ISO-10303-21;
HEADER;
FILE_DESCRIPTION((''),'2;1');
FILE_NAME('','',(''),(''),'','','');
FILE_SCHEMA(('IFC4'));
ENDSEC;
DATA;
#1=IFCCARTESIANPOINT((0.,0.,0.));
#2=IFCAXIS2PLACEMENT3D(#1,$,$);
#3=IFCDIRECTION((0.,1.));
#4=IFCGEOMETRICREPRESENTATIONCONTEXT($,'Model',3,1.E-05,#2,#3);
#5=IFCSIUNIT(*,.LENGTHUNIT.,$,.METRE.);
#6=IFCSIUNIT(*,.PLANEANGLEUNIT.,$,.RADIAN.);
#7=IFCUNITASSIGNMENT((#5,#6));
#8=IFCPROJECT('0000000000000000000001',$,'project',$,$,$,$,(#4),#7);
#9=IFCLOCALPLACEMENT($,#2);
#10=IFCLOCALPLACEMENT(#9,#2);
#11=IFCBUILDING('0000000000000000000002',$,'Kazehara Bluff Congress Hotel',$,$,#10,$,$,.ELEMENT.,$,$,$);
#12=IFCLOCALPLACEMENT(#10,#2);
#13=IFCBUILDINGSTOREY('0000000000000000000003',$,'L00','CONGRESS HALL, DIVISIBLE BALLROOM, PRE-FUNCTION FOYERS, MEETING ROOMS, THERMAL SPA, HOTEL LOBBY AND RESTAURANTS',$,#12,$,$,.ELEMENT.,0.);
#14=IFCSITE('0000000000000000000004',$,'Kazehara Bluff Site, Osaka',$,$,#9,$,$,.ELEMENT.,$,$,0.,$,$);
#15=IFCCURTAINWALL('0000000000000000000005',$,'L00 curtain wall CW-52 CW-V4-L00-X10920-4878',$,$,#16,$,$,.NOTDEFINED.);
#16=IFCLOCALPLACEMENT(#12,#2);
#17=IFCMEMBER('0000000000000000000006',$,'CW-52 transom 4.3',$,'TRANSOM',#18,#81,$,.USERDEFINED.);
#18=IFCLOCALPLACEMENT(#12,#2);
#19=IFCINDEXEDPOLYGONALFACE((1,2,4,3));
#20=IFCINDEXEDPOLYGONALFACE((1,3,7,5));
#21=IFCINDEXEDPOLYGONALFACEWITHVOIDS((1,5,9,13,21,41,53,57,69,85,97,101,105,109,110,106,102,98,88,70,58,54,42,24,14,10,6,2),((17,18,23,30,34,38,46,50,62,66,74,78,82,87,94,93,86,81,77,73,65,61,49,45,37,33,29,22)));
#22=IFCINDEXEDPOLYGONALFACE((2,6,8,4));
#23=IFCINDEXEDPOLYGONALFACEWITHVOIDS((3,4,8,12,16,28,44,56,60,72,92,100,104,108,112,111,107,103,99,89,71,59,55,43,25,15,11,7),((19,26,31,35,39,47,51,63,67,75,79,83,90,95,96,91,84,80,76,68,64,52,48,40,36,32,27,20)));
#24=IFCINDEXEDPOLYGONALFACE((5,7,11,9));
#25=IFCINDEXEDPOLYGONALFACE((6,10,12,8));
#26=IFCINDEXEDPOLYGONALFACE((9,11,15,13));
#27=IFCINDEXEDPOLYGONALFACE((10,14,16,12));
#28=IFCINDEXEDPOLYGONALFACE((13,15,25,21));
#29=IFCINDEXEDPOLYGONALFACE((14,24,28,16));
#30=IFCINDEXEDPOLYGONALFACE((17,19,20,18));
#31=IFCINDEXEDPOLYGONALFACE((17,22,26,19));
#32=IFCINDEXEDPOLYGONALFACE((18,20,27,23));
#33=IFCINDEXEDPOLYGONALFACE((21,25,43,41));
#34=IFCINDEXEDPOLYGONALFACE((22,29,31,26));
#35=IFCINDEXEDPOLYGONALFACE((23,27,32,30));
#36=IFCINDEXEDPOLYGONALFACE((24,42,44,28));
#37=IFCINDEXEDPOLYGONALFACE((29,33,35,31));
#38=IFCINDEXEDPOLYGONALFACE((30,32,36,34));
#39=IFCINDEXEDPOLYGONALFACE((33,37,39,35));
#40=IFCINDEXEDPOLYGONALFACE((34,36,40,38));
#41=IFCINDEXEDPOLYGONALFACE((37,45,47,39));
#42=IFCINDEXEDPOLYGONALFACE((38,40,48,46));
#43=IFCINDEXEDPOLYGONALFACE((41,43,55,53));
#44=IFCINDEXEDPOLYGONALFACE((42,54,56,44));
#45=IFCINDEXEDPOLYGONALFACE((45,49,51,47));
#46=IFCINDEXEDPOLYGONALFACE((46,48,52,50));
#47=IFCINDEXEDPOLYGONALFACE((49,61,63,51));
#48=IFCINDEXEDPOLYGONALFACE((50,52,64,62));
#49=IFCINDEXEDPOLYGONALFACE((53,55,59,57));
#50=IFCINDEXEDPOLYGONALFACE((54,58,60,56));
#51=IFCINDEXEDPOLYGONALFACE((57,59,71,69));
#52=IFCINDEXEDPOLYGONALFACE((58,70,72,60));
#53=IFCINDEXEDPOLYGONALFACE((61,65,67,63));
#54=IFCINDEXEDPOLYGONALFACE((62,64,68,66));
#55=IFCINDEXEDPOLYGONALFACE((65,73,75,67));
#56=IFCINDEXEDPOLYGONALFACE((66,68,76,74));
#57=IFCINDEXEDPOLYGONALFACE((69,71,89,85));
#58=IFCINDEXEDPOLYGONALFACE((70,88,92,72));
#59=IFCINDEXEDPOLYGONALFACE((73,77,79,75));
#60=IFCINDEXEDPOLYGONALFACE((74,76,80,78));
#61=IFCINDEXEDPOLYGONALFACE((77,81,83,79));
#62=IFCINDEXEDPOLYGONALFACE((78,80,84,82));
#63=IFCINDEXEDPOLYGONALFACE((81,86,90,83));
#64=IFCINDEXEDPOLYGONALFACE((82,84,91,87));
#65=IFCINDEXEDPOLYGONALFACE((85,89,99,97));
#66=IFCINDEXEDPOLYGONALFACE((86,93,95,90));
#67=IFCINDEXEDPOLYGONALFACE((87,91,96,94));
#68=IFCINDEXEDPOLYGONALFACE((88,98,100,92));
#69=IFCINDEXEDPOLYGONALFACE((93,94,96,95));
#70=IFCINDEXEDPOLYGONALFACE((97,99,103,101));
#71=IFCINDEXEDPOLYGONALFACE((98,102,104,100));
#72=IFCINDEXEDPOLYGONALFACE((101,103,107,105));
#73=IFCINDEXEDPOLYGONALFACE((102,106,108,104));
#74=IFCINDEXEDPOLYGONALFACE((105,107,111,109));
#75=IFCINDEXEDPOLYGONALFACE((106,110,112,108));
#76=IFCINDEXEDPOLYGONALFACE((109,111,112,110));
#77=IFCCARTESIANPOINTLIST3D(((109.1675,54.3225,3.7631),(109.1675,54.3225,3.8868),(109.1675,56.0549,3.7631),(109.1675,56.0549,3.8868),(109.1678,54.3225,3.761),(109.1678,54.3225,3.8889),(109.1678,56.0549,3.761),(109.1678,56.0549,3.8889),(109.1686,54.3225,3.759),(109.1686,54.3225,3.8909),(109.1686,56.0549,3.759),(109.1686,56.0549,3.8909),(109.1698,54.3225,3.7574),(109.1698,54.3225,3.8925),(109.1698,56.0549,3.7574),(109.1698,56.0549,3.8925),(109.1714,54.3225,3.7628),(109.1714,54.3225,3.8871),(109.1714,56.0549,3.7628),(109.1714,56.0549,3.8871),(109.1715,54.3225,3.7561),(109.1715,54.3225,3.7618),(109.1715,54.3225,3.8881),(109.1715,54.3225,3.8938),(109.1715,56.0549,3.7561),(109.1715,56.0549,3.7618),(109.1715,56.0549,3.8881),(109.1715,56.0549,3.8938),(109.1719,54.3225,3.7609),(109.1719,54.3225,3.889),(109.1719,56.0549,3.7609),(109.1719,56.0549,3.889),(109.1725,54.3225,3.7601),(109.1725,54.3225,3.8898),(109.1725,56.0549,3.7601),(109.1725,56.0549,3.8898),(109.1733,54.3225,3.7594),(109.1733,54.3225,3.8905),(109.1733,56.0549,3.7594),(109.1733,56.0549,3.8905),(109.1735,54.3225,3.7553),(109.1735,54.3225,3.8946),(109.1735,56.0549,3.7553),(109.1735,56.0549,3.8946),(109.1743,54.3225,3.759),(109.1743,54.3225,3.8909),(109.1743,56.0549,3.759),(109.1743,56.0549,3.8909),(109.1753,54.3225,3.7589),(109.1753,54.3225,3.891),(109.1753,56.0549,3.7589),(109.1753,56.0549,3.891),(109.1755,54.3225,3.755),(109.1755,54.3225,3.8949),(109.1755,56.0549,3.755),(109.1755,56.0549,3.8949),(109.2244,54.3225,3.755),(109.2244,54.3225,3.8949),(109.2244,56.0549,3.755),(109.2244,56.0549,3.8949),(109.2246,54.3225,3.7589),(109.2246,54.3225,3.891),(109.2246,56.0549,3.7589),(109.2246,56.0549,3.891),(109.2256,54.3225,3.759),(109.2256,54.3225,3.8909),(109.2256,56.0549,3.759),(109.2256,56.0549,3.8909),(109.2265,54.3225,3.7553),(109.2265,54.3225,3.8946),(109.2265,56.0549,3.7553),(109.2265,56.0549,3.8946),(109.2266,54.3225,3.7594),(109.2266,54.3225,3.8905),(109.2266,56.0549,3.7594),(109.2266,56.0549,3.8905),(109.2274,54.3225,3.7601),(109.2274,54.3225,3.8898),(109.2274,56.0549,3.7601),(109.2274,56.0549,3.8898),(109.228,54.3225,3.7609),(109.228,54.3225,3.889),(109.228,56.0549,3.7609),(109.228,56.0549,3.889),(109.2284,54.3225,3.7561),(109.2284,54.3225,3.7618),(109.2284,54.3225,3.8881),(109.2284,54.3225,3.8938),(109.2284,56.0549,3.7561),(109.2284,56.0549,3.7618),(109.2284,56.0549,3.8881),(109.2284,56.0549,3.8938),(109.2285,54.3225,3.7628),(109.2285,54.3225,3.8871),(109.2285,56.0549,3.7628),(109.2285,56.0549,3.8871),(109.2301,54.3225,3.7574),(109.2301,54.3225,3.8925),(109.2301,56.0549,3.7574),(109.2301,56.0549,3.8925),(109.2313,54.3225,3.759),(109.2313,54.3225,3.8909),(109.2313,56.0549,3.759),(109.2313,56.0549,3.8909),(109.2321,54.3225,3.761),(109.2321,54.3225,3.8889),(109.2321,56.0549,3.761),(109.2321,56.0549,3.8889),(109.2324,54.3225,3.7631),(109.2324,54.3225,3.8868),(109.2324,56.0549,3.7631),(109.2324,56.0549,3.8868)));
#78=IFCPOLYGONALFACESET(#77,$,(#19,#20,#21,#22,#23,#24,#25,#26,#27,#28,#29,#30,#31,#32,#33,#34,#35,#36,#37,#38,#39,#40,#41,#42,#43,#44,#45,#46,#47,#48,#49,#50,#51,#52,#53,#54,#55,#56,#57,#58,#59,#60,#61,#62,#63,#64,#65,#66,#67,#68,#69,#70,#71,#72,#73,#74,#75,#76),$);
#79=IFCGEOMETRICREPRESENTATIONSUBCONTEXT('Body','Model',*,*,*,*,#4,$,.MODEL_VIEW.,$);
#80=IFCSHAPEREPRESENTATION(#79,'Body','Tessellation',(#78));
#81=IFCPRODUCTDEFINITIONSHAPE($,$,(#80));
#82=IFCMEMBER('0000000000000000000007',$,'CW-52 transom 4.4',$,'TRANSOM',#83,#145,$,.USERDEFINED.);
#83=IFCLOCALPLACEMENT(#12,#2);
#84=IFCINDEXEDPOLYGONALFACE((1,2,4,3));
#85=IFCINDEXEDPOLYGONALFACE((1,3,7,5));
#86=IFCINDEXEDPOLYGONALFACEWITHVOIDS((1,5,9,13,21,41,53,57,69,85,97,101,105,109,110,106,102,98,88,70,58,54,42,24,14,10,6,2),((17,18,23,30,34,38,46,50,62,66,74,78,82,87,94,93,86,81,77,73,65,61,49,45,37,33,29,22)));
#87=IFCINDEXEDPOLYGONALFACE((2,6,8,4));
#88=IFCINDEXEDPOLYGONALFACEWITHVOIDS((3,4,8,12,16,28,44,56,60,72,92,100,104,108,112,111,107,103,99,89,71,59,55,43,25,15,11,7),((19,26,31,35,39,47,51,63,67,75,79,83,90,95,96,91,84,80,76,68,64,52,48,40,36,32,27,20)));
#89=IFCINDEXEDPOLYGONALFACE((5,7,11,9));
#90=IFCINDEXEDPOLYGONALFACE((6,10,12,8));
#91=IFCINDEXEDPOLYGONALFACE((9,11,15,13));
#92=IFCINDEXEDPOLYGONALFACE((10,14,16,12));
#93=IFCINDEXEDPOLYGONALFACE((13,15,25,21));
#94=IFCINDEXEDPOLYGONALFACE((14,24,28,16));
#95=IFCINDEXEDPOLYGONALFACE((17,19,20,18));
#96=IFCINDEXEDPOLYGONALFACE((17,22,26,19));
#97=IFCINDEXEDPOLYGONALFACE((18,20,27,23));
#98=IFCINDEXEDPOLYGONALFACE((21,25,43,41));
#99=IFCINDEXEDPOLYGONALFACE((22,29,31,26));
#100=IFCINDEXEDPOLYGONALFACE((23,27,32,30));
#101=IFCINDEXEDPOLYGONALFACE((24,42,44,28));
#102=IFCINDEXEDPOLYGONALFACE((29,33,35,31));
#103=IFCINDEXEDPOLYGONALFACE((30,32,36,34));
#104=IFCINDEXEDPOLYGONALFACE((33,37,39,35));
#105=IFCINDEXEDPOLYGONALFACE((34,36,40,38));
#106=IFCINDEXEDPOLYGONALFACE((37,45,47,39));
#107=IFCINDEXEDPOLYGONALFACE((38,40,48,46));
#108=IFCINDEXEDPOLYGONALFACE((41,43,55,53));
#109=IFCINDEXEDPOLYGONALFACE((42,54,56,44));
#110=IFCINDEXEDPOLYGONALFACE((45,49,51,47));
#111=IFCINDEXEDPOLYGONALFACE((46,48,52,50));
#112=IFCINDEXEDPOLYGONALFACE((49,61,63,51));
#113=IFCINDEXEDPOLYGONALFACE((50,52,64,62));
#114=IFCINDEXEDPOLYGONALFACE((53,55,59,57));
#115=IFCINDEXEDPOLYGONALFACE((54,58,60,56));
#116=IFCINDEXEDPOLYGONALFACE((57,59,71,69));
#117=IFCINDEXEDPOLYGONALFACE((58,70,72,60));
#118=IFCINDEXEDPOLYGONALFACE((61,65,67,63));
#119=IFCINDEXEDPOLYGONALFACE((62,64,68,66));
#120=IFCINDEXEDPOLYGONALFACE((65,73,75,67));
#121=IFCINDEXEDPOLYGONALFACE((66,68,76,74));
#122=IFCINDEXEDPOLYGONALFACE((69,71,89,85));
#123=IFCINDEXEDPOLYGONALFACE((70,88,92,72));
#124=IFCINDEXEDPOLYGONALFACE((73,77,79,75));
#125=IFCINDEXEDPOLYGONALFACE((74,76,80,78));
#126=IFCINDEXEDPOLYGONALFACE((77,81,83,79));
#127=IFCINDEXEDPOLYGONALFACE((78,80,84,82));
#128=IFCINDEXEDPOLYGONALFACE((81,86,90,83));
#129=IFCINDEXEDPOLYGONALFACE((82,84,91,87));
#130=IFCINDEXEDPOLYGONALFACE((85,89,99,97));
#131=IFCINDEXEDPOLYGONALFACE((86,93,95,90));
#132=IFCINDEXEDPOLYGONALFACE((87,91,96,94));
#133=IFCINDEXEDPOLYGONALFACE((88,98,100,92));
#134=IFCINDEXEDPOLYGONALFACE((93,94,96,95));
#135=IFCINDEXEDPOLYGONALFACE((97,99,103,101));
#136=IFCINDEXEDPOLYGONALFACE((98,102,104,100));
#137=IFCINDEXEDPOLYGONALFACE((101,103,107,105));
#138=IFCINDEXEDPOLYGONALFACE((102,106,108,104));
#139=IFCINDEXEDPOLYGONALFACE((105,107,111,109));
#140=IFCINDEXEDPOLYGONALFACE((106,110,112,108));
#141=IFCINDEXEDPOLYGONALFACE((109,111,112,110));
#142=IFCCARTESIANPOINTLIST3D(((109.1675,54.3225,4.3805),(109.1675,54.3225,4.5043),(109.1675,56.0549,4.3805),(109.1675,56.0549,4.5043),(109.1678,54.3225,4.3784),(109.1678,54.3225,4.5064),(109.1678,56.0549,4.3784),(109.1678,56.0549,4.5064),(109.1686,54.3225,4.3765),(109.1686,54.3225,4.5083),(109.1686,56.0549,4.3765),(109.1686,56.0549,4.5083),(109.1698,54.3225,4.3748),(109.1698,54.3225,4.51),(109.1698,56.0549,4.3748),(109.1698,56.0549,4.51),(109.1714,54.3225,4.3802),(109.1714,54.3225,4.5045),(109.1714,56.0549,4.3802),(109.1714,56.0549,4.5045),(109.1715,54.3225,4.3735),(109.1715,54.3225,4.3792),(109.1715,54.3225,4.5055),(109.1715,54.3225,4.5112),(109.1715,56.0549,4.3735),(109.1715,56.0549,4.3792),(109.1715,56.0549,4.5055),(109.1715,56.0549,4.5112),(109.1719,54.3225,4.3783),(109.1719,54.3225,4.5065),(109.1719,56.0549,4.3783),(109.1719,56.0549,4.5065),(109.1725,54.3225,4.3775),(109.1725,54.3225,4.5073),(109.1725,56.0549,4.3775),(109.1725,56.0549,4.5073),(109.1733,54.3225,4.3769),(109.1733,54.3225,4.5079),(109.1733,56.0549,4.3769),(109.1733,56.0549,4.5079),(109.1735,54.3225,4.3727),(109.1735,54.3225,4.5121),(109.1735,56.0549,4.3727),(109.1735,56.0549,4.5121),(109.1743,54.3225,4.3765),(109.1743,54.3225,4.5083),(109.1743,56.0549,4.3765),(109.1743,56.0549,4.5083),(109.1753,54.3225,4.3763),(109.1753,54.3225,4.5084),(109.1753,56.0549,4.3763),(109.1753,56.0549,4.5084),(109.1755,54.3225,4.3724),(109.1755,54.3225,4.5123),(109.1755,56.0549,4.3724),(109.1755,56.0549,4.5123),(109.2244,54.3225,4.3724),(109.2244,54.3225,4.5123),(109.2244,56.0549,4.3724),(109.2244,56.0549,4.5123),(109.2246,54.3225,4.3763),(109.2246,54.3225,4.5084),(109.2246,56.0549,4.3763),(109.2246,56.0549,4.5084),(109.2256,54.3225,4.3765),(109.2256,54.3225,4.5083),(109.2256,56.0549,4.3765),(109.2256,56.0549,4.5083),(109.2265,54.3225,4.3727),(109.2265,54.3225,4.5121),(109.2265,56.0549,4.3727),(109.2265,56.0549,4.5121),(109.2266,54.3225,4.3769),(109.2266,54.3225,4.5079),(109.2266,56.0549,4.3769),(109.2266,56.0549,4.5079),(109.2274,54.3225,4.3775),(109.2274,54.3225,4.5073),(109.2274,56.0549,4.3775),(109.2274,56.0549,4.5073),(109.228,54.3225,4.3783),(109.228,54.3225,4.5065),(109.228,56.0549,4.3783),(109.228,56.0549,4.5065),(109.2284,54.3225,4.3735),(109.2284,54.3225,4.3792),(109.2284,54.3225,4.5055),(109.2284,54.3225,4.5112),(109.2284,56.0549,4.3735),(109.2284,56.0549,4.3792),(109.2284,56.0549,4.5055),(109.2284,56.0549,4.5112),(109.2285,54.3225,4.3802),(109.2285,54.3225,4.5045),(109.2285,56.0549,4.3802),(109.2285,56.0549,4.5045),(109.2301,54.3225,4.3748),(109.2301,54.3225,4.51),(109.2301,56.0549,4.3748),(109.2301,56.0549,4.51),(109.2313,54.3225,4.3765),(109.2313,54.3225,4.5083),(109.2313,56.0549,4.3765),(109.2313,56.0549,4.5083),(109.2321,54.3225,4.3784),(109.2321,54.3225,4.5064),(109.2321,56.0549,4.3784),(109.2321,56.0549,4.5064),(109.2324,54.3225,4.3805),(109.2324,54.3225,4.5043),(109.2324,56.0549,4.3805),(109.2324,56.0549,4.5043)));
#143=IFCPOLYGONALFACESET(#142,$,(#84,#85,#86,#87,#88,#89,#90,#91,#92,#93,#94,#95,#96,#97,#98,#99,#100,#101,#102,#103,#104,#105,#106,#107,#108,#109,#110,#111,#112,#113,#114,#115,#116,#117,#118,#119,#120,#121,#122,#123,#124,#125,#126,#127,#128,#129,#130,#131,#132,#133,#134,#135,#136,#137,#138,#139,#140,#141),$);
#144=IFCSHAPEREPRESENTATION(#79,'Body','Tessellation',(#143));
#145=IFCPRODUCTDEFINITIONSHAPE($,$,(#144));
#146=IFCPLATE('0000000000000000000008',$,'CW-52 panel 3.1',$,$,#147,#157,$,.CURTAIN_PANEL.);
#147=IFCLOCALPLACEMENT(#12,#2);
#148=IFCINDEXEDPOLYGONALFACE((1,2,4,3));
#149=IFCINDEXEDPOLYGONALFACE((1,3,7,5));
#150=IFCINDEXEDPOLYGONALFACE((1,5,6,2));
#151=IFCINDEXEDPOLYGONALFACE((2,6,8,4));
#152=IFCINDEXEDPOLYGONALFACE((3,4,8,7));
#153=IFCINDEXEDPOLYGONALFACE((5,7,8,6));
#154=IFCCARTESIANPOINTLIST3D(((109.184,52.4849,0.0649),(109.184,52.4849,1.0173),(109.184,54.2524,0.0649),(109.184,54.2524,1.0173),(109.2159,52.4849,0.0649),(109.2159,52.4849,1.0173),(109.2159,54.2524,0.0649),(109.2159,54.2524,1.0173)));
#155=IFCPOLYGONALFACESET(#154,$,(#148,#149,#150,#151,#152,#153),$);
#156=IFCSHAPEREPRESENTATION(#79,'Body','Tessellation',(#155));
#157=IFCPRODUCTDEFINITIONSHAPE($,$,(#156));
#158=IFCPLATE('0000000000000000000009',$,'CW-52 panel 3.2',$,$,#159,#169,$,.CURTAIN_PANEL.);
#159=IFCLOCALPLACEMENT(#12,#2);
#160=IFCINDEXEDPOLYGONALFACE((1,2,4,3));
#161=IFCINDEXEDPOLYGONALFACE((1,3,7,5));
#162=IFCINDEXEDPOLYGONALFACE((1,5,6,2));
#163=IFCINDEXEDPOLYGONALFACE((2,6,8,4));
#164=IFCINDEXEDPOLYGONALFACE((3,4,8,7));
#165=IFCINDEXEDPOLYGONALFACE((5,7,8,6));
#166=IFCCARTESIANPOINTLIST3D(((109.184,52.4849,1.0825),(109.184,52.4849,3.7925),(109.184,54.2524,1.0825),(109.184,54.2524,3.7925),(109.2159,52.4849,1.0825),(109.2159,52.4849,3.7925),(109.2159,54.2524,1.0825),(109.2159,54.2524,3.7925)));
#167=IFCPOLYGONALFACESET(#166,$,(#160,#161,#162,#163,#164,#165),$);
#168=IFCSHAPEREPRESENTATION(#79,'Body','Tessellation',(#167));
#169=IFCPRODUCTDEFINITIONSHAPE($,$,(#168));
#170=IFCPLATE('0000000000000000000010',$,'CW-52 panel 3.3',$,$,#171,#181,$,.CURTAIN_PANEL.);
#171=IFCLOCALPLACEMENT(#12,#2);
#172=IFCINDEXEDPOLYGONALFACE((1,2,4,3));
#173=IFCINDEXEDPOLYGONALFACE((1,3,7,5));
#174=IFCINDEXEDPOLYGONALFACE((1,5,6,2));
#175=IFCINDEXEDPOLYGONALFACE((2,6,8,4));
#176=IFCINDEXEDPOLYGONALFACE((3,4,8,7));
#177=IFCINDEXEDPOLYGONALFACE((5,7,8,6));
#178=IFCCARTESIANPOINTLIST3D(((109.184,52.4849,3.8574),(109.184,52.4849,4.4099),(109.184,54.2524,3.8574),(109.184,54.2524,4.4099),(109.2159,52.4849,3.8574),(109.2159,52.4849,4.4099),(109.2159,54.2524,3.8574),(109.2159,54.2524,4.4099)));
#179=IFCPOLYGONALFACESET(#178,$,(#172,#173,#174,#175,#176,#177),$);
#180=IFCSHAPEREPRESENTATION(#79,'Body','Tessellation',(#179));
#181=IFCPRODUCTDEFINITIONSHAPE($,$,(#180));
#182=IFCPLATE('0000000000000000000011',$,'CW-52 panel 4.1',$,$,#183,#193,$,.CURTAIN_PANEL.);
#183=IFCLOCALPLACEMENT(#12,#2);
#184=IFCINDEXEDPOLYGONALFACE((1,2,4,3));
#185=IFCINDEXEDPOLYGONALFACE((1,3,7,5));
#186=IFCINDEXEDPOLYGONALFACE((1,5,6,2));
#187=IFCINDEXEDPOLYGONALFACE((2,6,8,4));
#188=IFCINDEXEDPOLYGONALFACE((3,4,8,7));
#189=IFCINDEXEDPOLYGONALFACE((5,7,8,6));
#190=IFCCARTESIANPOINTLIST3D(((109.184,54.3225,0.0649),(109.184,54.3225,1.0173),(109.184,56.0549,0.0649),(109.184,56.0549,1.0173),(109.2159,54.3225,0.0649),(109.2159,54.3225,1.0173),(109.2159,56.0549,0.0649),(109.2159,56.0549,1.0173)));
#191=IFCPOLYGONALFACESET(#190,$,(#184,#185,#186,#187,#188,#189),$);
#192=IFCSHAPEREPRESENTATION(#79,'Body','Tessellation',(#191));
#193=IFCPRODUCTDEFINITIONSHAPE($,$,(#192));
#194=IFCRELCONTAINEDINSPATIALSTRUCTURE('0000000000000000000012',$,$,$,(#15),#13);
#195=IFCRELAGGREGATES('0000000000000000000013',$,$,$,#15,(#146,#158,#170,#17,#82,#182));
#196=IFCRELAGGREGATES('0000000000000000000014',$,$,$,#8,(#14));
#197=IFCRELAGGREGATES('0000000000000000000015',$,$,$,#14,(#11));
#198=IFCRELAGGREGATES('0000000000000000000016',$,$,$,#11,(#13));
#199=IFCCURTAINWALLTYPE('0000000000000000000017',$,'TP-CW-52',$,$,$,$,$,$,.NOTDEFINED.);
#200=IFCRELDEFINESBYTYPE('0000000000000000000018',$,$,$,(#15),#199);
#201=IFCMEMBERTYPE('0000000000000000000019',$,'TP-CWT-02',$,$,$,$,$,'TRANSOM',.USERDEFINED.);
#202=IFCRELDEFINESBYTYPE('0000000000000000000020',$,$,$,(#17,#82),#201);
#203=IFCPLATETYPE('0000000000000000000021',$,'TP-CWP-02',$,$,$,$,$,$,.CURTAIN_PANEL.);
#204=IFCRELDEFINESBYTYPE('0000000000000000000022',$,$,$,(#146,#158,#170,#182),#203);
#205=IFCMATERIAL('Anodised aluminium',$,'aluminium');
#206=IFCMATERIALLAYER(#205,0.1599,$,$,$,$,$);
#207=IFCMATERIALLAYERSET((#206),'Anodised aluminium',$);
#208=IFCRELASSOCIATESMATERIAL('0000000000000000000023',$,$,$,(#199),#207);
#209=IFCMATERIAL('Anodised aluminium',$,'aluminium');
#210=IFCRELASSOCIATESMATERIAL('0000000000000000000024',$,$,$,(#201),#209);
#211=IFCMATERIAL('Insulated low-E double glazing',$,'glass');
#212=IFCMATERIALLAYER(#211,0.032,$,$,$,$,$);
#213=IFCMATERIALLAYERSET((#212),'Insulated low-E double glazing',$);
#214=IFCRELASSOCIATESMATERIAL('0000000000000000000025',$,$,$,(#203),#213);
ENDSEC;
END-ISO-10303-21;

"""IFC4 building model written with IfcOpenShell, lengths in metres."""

from ifc_helpers import new_model, si_unit, direction, frame, origin, origin_2d, place, context, subcontext, project, spatial, rectangle, hollow_rectangle, extrude, material, layer, layer_set, material_profile, profile_set, type_object, element, aggregate, save


model = new_model("IFC4")

# Units and contexts
model_context = context("Model", 3, precision=1e-05, world=origin(), true_north=direction((0.0, 1.0)))
body_context = subcontext(model_context, "Body", "Model", "MODEL_VIEW")
ifc_project = project(units=[si_unit("LENGTHUNIT", "METRE"), si_unit("PLANEANGLEUNIT", "RADIAN")], contexts=[model_context])

# Site, building, storey
site_placement = place(None, origin())
site = spatial("IfcSite", under=ifc_project, at=site_placement, Name="Kazehara Bluff Site, Osaka", CompositionType="ELEMENT", RefElevation=0.0)
building_placement = place(site_placement, origin())
building = spatial("IfcBuilding", under=site, at=building_placement, Name="Kazehara Bluff Congress Hotel", CompositionType="ELEMENT")
storey_placement = place(building_placement, origin())
storey = spatial("IfcBuildingStorey", under=building, at=storey_placement, Name="L00", Description="CONGRESS HALL, DIVISIBLE BALLROOM, PRE-FUNCTION FOYERS, MEETING ROOMS, THERMAL SPA, HOTEL LOBBY AND RESTAURANTS", CompositionType="ELEMENT", Elevation=0.0)

# Curtain wall
ifc_material_1 = material(Name="Anodised aluminium", Category="aluminium")
ifc_layer_1 = layer(ifc_material_1, 0.1599)
ifc_layer_set_1 = layer_set([ifc_layer_1], Name="Anodised aluminium")
curtain_wall_type_1 = type_object("IfcCurtainWallType", Name="TP-CW-52", PredefinedType="NOTDEFINED", material=ifc_layer_set_1)
curtain_wall_1_placement = place(storey_placement, origin())
curtain_wall_1 = element("IfcCurtainWall", 1, at=curtain_wall_1_placement, inside=storey, type_object=curtain_wall_type_1, Name="L00 curtain wall CW-52 CW-V4-L00-X10920-4878", PredefinedType="NOTDEFINED")

# Members
ifc_material_2 = material(Name="Anodised aluminium", Category="aluminium")
ifc_material_profile_1 = material_profile(ifc_material_2, hollow_rectangle(XDim=0.0649, YDim=0.1399, WallThickness=0.0039, InnerFilletRadius=0.0039, OuterFilletRadius=0.0081, at=origin_2d()))
ifc_profile_set_1 = profile_set([ifc_material_profile_1], Name="Anodised aluminium")
member_type_1 = type_object("IfcMemberType", Name="TP-CWT-02", ElementType="TRANSOM", PredefinedType="USERDEFINED", material=ifc_profile_set_1)
member_1_placement = place(storey_placement, frame((109.2, 54.3225, 3.825), z_axis=(0.0, 1.0, 0.0), x_axis=(-1.0, 0.0, 0.0)))
member_1 = element("IfcMember", 2, at=member_1_placement, type_object=member_type_1, Name="CW-52 transom 4.3", ObjectType="TRANSOM", PredefinedType="USERDEFINED", context=body_context, shape_type="SweptSolid", body=[
    extrude(hollow_rectangle(XDim=0.0649, YDim=0.1399, WallThickness=0.0039, InnerFilletRadius=0.0039, OuterFilletRadius=0.0081, at=origin_2d()), origin(), (0.0, 0.0, 1.0), 1.7324),
])
member_2_placement = place(storey_placement, frame((109.2, 54.3225, 4.4424), z_axis=(0.0, 1.0, 0.0), x_axis=(-1.0, 0.0, 0.0)))
member_2 = element("IfcMember", 3, at=member_2_placement, type_object=member_type_1, Name="CW-52 transom 4.4", ObjectType="TRANSOM", PredefinedType="USERDEFINED", context=body_context, shape_type="SweptSolid", body=[
    extrude(hollow_rectangle(XDim=0.0649, YDim=0.1399, WallThickness=0.0039, InnerFilletRadius=0.0039, OuterFilletRadius=0.0081, at=origin_2d()), origin(), (0.0, 0.0, 1.0), 1.7324),
])

# Plates
ifc_material_3 = material(Name="Insulated low-E double glazing", Category="glass")
ifc_layer_2 = layer(ifc_material_3, 0.032)
ifc_layer_set_2 = layer_set([ifc_layer_2], Name="Insulated low-E double glazing")
plate_type_1 = type_object("IfcPlateType", Name="TP-CWP-02", PredefinedType="CURTAIN_PANEL", material=ifc_layer_set_2)
plate_1_placement = place(storey_placement, frame((109.2, 53.3687, 0.0649), z_axis=(0.0, 0.0, 1.0), x_axis=(0.0, 1.0, 0.0)))
plate_1 = element("IfcPlate", 4, at=plate_1_placement, type_object=plate_type_1, Name="CW-52 panel 3.1", PredefinedType="CURTAIN_PANEL", context=body_context, shape_type="SweptSolid", body=[
    extrude(rectangle(XDim=1.7676, YDim=0.032, at=origin_2d()), origin(), (0.0, 0.0, 1.0), 0.9524),
])
plate_2_placement = place(storey_placement, frame((109.2, 53.3687, 1.0825), z_axis=(0.0, 0.0, 1.0), x_axis=(0.0, 1.0, 0.0)))
plate_2 = element("IfcPlate", 5, at=plate_2_placement, type_object=plate_type_1, Name="CW-52 panel 3.2", PredefinedType="CURTAIN_PANEL", context=body_context, shape_type="SweptSolid", body=[
    extrude(rectangle(XDim=1.7676, YDim=0.032, at=origin_2d()), origin(), (0.0, 0.0, 1.0), 2.71),
])
plate_3_placement = place(storey_placement, frame((109.2, 53.3687, 3.8574), z_axis=(0.0, 0.0, 1.0), x_axis=(0.0, 1.0, 0.0)))
plate_3 = element("IfcPlate", 6, at=plate_3_placement, type_object=plate_type_1, Name="CW-52 panel 3.3", PredefinedType="CURTAIN_PANEL", context=body_context, shape_type="SweptSolid", body=[
    extrude(rectangle(XDim=1.7676, YDim=0.032, at=origin_2d()), origin(), (0.0, 0.0, 1.0), 0.5525),
])
plate_4_placement = place(storey_placement, frame((109.2, 55.1887, 0.0649), z_axis=(0.0, 0.0, 1.0), x_axis=(0.0, 1.0, 0.0)))
plate_4 = element("IfcPlate", 7, at=plate_4_placement, type_object=plate_type_1, Name="CW-52 panel 4.1", PredefinedType="CURTAIN_PANEL", context=body_context, shape_type="SweptSolid", body=[
    extrude(rectangle(XDim=1.7324, YDim=0.032, at=origin_2d()), origin(), (0.0, 0.0, 1.0), 0.9524),
])
aggregate(curtain_wall_1, [plate_1, plate_2, plate_3, member_1, member_2, plate_4])

save(model, "model.ifc")
